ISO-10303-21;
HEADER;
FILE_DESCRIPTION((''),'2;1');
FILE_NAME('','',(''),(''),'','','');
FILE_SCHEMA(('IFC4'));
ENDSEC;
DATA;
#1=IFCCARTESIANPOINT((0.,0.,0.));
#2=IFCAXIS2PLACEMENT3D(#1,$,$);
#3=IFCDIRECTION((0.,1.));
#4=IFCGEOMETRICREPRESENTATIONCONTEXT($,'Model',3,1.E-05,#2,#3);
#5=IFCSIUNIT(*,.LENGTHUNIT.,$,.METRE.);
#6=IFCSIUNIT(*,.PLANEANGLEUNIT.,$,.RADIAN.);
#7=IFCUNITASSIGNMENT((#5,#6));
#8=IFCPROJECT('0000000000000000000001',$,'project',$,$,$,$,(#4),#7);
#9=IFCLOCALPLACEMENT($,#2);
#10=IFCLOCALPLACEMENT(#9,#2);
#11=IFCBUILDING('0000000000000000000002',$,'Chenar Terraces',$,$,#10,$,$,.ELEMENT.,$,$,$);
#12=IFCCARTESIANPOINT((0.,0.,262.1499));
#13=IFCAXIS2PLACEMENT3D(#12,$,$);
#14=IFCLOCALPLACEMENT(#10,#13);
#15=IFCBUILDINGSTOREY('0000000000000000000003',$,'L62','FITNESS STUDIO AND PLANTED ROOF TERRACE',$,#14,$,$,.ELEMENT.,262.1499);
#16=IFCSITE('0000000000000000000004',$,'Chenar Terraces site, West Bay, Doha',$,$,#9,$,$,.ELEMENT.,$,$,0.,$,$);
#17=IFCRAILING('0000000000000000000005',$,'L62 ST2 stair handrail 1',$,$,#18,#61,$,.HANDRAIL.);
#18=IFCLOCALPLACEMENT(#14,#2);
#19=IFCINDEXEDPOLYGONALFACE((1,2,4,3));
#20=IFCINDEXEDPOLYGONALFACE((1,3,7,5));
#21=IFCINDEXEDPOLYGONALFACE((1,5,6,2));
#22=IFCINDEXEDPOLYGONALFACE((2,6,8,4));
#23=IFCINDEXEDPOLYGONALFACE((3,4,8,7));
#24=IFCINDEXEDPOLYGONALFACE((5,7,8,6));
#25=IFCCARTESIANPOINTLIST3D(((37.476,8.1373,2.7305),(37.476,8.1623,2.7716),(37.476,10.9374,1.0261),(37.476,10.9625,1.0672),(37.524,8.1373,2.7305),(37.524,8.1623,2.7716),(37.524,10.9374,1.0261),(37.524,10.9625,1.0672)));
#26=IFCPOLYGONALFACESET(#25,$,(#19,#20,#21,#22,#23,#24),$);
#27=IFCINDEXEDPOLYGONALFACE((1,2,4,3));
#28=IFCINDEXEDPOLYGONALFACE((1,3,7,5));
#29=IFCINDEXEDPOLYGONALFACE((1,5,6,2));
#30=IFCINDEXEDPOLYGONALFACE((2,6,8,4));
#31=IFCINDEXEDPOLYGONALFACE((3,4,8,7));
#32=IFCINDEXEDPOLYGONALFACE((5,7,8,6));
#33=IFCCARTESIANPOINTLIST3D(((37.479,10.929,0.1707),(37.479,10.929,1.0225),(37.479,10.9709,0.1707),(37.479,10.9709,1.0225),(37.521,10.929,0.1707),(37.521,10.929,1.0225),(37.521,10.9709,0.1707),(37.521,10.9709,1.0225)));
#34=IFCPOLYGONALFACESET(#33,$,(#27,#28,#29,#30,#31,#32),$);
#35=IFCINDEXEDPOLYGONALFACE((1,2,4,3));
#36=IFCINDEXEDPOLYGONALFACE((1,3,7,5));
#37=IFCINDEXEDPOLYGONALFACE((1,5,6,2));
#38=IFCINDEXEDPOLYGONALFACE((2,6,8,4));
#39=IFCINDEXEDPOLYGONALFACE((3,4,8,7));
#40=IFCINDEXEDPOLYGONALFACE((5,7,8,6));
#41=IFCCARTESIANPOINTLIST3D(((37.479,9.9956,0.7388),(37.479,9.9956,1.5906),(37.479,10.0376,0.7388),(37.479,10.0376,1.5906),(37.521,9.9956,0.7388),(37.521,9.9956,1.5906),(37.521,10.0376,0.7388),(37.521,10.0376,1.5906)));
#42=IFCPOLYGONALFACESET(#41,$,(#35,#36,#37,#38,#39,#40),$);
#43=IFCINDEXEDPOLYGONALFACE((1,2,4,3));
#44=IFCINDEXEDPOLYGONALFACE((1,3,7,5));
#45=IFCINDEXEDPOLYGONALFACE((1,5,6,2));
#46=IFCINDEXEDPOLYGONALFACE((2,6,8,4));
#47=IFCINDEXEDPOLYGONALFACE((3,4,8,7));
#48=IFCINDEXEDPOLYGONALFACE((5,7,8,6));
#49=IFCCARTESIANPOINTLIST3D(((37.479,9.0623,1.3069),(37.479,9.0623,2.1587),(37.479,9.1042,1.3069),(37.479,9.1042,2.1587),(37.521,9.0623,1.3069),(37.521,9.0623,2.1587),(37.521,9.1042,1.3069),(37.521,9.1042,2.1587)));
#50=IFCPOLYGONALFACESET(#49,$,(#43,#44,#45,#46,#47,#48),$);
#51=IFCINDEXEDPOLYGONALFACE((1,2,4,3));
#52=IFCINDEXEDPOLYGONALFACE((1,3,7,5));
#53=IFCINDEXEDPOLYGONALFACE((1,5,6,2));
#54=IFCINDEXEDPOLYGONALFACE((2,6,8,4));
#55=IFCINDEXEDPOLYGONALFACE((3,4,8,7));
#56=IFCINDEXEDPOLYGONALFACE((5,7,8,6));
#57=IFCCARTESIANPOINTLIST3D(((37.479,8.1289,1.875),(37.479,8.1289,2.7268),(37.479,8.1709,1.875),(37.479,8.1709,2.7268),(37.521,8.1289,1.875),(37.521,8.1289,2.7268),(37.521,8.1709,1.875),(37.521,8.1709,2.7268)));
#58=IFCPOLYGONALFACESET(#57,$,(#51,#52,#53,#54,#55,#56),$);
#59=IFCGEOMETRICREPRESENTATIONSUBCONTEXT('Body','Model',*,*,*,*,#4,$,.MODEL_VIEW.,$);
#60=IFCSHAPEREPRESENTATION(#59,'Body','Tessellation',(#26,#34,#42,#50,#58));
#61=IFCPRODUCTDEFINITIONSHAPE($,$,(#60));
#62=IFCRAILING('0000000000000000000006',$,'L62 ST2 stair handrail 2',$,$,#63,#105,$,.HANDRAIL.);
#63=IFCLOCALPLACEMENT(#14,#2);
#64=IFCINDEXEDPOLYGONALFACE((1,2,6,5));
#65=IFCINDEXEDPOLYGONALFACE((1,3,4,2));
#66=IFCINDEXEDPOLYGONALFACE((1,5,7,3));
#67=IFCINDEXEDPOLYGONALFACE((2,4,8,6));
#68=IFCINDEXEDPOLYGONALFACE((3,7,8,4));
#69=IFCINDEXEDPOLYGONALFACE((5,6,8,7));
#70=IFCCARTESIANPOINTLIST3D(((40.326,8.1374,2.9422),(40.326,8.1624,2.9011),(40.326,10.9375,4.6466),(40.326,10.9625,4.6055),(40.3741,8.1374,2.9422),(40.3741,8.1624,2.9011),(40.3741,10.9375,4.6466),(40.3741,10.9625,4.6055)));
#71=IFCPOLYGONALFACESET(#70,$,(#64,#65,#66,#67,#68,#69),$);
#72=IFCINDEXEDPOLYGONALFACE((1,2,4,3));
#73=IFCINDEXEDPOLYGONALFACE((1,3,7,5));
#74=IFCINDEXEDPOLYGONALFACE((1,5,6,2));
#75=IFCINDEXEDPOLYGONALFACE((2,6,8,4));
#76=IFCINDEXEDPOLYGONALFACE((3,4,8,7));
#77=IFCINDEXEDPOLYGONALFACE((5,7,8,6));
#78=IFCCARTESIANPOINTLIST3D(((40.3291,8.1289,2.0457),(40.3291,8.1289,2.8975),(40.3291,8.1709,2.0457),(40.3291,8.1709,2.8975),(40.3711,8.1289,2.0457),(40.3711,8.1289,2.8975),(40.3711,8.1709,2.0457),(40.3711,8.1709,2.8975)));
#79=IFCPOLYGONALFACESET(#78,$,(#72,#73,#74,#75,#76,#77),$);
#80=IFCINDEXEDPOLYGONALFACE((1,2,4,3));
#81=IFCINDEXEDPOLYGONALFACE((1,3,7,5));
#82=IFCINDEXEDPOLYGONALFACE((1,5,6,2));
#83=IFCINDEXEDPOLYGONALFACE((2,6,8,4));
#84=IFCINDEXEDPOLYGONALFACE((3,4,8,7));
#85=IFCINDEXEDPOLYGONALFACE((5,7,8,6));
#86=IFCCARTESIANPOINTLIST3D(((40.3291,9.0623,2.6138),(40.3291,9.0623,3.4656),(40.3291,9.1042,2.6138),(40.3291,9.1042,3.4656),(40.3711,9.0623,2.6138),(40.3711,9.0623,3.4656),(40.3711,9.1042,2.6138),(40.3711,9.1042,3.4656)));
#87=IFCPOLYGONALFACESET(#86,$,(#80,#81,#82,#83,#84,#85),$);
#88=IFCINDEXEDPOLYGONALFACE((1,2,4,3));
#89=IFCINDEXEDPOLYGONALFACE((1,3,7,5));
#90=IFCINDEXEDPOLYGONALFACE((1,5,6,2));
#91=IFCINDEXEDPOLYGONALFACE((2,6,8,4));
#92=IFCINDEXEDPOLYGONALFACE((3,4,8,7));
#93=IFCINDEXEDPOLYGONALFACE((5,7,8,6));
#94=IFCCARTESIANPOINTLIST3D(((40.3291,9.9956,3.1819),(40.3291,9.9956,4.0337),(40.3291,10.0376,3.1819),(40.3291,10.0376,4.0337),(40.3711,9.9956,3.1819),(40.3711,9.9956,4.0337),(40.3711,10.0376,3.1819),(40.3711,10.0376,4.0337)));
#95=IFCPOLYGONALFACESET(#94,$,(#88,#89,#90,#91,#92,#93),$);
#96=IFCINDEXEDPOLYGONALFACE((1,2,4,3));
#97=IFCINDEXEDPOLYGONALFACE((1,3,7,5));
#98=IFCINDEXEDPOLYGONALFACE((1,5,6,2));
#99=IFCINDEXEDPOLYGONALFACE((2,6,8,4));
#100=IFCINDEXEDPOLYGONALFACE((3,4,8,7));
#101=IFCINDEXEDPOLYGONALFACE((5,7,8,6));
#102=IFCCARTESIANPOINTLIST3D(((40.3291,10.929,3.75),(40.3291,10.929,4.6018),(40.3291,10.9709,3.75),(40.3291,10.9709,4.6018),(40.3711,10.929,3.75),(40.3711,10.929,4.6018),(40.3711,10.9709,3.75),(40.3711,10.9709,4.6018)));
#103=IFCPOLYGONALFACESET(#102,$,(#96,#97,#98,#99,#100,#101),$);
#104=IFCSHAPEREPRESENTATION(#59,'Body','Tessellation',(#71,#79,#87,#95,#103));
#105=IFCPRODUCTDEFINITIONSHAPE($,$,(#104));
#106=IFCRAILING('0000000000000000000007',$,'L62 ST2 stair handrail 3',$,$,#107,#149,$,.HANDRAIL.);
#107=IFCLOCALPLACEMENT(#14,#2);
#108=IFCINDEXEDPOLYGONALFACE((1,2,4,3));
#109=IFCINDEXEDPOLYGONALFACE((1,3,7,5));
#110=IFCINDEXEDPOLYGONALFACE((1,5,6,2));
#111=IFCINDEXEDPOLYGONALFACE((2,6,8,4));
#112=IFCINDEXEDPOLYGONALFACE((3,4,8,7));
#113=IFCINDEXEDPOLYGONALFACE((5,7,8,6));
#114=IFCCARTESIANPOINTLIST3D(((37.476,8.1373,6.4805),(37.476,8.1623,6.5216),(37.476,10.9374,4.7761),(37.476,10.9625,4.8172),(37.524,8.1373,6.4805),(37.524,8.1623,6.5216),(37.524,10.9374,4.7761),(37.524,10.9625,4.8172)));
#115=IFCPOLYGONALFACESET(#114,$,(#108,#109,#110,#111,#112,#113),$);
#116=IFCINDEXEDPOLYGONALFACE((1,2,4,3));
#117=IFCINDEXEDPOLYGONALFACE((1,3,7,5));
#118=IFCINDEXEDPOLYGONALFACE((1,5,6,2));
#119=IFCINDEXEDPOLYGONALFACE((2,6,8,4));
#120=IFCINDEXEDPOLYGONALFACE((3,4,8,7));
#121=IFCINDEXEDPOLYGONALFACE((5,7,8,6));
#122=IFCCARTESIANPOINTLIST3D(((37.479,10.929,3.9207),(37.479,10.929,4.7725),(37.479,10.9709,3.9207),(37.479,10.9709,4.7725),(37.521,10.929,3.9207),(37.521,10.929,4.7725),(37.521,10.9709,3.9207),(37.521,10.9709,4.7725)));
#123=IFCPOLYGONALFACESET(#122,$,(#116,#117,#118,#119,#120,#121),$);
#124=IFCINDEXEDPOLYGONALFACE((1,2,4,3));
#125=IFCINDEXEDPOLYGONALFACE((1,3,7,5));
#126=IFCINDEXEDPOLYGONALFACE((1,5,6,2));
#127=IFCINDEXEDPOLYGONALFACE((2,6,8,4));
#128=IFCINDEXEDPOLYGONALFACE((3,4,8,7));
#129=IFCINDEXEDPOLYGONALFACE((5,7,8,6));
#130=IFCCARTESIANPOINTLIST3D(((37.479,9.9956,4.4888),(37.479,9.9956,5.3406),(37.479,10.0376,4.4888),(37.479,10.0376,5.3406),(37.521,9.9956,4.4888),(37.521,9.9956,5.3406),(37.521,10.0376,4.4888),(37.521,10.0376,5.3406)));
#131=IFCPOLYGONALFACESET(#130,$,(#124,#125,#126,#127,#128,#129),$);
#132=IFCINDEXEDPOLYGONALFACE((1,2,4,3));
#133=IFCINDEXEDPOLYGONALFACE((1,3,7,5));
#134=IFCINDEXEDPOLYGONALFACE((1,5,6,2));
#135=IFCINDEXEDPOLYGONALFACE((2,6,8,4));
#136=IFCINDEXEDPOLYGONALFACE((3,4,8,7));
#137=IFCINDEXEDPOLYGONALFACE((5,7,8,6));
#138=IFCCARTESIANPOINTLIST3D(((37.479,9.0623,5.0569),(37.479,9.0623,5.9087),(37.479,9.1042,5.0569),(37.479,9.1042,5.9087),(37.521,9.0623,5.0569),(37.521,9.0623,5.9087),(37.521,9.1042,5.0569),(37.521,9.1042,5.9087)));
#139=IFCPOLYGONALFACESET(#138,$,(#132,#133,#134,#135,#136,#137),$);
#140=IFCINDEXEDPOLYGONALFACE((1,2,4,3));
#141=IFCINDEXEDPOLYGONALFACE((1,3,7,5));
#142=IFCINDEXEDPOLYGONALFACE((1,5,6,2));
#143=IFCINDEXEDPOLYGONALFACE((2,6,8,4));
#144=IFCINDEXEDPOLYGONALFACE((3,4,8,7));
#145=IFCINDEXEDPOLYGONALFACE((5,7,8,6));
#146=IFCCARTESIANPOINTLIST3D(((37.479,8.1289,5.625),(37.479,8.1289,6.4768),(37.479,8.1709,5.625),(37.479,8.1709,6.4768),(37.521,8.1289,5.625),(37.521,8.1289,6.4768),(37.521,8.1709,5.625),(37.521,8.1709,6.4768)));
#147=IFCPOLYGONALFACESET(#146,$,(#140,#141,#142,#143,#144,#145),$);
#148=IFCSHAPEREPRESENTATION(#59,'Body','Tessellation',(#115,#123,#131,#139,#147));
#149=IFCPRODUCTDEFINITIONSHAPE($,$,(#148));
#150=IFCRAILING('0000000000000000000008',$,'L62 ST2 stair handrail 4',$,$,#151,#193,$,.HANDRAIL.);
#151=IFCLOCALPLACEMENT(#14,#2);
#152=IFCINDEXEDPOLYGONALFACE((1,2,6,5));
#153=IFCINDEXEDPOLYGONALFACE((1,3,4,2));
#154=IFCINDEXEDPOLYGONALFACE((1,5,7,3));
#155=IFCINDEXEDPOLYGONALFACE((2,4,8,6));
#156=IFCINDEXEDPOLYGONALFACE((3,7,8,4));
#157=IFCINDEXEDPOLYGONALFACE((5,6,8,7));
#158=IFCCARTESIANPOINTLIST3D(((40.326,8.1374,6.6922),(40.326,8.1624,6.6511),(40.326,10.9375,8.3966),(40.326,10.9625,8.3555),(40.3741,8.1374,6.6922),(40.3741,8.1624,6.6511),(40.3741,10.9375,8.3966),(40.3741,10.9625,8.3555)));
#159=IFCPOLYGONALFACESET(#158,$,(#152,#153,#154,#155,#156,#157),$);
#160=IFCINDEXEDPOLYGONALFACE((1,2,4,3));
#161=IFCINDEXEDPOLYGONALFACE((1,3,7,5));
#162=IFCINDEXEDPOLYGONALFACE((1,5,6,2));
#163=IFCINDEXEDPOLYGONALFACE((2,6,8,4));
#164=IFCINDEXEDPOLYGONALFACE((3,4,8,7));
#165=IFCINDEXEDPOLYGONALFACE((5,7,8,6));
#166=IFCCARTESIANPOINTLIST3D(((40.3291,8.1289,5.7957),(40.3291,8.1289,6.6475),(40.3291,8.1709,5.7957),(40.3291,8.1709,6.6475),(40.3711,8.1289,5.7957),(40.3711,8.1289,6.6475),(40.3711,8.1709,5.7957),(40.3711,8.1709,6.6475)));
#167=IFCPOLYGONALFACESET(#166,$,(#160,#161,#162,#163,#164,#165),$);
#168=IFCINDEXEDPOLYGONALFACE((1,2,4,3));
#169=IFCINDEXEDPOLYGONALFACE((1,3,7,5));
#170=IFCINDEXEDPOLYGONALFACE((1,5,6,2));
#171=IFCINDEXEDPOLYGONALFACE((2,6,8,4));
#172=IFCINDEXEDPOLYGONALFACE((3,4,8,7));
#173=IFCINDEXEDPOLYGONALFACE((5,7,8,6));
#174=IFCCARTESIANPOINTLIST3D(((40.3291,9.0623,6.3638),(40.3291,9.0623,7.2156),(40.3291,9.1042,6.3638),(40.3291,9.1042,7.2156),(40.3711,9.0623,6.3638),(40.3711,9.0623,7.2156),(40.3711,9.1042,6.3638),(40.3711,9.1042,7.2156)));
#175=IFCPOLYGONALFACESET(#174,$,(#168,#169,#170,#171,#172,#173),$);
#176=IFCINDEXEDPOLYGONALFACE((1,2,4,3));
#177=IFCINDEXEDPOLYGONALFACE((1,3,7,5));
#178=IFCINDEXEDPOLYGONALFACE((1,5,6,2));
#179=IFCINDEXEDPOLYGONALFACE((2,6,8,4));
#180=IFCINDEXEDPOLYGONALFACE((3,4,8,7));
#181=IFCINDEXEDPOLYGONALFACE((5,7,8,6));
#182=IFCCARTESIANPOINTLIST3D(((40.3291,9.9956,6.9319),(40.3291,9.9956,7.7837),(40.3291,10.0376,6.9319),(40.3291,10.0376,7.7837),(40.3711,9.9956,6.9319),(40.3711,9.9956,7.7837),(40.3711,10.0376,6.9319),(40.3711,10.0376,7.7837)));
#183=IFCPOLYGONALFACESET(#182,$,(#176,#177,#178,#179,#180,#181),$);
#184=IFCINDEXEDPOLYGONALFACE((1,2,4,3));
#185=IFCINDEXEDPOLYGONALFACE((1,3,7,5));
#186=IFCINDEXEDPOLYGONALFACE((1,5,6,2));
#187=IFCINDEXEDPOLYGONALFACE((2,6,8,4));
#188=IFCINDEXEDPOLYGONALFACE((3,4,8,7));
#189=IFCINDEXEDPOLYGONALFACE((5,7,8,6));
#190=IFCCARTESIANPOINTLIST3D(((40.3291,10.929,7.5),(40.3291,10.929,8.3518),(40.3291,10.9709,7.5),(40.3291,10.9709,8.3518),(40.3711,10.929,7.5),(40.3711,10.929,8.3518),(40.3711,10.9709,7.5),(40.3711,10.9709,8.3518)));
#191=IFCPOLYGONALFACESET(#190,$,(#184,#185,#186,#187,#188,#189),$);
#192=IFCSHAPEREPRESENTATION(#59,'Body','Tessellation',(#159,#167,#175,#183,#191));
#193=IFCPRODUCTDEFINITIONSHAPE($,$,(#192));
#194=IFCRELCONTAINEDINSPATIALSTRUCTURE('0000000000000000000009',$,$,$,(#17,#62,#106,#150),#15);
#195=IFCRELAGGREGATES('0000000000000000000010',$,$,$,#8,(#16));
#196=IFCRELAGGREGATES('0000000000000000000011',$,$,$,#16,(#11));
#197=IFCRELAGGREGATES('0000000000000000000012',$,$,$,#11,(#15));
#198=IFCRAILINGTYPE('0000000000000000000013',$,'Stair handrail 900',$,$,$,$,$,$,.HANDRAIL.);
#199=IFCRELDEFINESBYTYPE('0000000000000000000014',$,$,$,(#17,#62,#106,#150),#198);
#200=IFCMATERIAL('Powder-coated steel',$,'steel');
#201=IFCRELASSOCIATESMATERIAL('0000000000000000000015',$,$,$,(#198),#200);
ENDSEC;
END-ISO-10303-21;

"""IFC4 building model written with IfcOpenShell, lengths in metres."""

from ifc_helpers import new_model, si_unit, direction, frame, origin, origin_2d, place, context, subcontext, project, spatial, rectangle, extrude, material, type_object, element, save


model = new_model("IFC4")

# Units and contexts
model_context = context("Model", 3, precision=1e-05, world=origin(), true_north=direction((0.0, 1.0)))
body_context = subcontext(model_context, "Body", "Model", "MODEL_VIEW")
ifc_project = project(units=[si_unit("LENGTHUNIT", "METRE"), si_unit("PLANEANGLEUNIT", "RADIAN")], contexts=[model_context])

# Site, building, storey
site_placement = place(None, origin())
site = spatial("IfcSite", under=ifc_project, at=site_placement, Name="Chenar Terraces site, West Bay, Doha", CompositionType="ELEMENT", RefElevation=0.0)
building_placement = place(site_placement, origin())
building = spatial("IfcBuilding", under=site, at=building_placement, Name="Chenar Terraces", CompositionType="ELEMENT")
storey_placement = place(building_placement, frame((0.0, 0.0, 262.1499)))
storey = spatial("IfcBuildingStorey", under=building, at=storey_placement, Name="L62", Description="FITNESS STUDIO AND PLANTED ROOF TERRACE", CompositionType="ELEMENT", Elevation=262.1499)

# Railings
ifc_material_1 = material(Name="Powder-coated steel", Category="steel")
railing_type_1 = type_object("IfcRailingType", Name="Stair handrail 900", PredefinedType="HANDRAIL", material=ifc_material_1)
railing_1_placement = place(storey_placement, frame((37.5, 10.95, 0.1707)))
element("IfcRailing", 1, at=railing_1_placement, inside=storey, type_object=railing_type_1, Name="L62 ST2 stair handrail 1", PredefinedType="HANDRAIL", context=body_context, shape_type="SweptSolid", body=[
    extrude(rectangle(XDim=0.0481, YDim=0.0481, at=origin_2d()), frame((0.0, 0.0, 0.876), z_axis=(0.0, -0.854203, 0.51994), x_axis=(1.0, 0.0, 0.0)), (0.0, 0.0, 1.0), 3.2781),
    extrude(rectangle(XDim=0.042, YDim=0.042, at=origin_2d()), origin(), (0.0, 0.0, 1.0), 0.8518),
    extrude(rectangle(XDim=0.042, YDim=0.042, at=origin_2d()), frame((0.0, -0.9333, 0.5681)), (0.0, 0.0, 1.0), 0.8518),
    extrude(rectangle(XDim=0.042, YDim=0.042, at=origin_2d()), frame((0.0, -1.8667, 1.1362)), (0.0, 0.0, 1.0), 0.8518),
    extrude(rectangle(XDim=0.042, YDim=0.042, at=origin_2d()), frame((0.0, -2.8, 1.7043)), (0.0, 0.0, 1.0), 0.8518),
])
railing_2_placement = place(storey_placement, frame((40.3501, 8.1499, 2.0457)))
element("IfcRailing", 2, at=railing_2_placement, inside=storey, type_object=railing_type_1, Name="L62 ST2 stair handrail 2", PredefinedType="HANDRAIL", context=body_context, shape_type="SweptSolid", body=[
    extrude(rectangle(XDim=0.0481, YDim=0.0481, at=origin_2d()), frame((0.0, 0.0, 0.876), z_axis=(0.0, 0.854203, 0.51994), x_axis=(-1.0, 0.0, 0.0)), (0.0, 0.0, 1.0), 3.2781),
    extrude(rectangle(XDim=0.042, YDim=0.042, at=origin_2d()), origin(), (0.0, 0.0, 1.0), 0.8518),
    extrude(rectangle(XDim=0.042, YDim=0.042, at=origin_2d()), frame((0.0, 0.9333, 0.5681)), (0.0, 0.0, 1.0), 0.8518),
    extrude(rectangle(XDim=0.042, YDim=0.042, at=origin_2d()), frame((0.0, 1.8667, 1.1362)), (0.0, 0.0, 1.0), 0.8518),
    extrude(rectangle(XDim=0.042, YDim=0.042, at=origin_2d()), frame((0.0, 2.8, 1.7043)), (0.0, 0.0, 1.0), 0.8518),
])
railing_3_placement = place(storey_placement, frame((37.5, 10.95, 3.9207)))
element("IfcRailing", 3, at=railing_3_placement, inside=storey, type_object=railing_type_1, Name="L62 ST2 stair handrail 3", PredefinedType="HANDRAIL", context=body_context, shape_type="SweptSolid", body=[
    extrude(rectangle(XDim=0.0481, YDim=0.0481, at=origin_2d()), frame((0.0, 0.0, 0.876), z_axis=(0.0, -0.854203, 0.51994), x_axis=(1.0, 0.0, 0.0)), (0.0, 0.0, 1.0), 3.2781),
    extrude(rectangle(XDim=0.042, YDim=0.042, at=origin_2d()), origin(), (0.0, 0.0, 1.0), 0.8518),
    extrude(rectangle(XDim=0.042, YDim=0.042, at=origin_2d()), frame((0.0, -0.9333, 0.5681)), (0.0, 0.0, 1.0), 0.8518),
    extrude(rectangle(XDim=0.042, YDim=0.042, at=origin_2d()), frame((0.0, -1.8667, 1.1362)), (0.0, 0.0, 1.0), 0.8518),
    extrude(rectangle(XDim=0.042, YDim=0.042, at=origin_2d()), frame((0.0, -2.8, 1.7043)), (0.0, 0.0, 1.0), 0.8518),
])
railing_4_placement = place(storey_placement, frame((40.3501, 8.1499, 5.7957)))
element("IfcRailing", 4, at=railing_4_placement, inside=storey, type_object=railing_type_1, Name="L62 ST2 stair handrail 4", PredefinedType="HANDRAIL", context=body_context, shape_type="SweptSolid", body=[
    extrude(rectangle(XDim=0.0481, YDim=0.0481, at=origin_2d()), frame((0.0, 0.0, 0.876), z_axis=(0.0, 0.854203, 0.51994), x_axis=(-1.0, 0.0, 0.0)), (0.0, 0.0, 1.0), 3.2781),
    extrude(rectangle(XDim=0.042, YDim=0.042, at=origin_2d()), origin(), (0.0, 0.0, 1.0), 0.8518),
    extrude(rectangle(XDim=0.042, YDim=0.042, at=origin_2d()), frame((0.0, 0.9333, 0.5681)), (0.0, 0.0, 1.0), 0.8518),
    extrude(rectangle(XDim=0.042, YDim=0.042, at=origin_2d()), frame((0.0, 1.8667, 1.1362)), (0.0, 0.0, 1.0), 0.8518),
    extrude(rectangle(XDim=0.042, YDim=0.042, at=origin_2d()), frame((0.0, 2.8, 1.7043)), (0.0, 0.0, 1.0), 0.8518),
])

save(model, "model.ifc")
